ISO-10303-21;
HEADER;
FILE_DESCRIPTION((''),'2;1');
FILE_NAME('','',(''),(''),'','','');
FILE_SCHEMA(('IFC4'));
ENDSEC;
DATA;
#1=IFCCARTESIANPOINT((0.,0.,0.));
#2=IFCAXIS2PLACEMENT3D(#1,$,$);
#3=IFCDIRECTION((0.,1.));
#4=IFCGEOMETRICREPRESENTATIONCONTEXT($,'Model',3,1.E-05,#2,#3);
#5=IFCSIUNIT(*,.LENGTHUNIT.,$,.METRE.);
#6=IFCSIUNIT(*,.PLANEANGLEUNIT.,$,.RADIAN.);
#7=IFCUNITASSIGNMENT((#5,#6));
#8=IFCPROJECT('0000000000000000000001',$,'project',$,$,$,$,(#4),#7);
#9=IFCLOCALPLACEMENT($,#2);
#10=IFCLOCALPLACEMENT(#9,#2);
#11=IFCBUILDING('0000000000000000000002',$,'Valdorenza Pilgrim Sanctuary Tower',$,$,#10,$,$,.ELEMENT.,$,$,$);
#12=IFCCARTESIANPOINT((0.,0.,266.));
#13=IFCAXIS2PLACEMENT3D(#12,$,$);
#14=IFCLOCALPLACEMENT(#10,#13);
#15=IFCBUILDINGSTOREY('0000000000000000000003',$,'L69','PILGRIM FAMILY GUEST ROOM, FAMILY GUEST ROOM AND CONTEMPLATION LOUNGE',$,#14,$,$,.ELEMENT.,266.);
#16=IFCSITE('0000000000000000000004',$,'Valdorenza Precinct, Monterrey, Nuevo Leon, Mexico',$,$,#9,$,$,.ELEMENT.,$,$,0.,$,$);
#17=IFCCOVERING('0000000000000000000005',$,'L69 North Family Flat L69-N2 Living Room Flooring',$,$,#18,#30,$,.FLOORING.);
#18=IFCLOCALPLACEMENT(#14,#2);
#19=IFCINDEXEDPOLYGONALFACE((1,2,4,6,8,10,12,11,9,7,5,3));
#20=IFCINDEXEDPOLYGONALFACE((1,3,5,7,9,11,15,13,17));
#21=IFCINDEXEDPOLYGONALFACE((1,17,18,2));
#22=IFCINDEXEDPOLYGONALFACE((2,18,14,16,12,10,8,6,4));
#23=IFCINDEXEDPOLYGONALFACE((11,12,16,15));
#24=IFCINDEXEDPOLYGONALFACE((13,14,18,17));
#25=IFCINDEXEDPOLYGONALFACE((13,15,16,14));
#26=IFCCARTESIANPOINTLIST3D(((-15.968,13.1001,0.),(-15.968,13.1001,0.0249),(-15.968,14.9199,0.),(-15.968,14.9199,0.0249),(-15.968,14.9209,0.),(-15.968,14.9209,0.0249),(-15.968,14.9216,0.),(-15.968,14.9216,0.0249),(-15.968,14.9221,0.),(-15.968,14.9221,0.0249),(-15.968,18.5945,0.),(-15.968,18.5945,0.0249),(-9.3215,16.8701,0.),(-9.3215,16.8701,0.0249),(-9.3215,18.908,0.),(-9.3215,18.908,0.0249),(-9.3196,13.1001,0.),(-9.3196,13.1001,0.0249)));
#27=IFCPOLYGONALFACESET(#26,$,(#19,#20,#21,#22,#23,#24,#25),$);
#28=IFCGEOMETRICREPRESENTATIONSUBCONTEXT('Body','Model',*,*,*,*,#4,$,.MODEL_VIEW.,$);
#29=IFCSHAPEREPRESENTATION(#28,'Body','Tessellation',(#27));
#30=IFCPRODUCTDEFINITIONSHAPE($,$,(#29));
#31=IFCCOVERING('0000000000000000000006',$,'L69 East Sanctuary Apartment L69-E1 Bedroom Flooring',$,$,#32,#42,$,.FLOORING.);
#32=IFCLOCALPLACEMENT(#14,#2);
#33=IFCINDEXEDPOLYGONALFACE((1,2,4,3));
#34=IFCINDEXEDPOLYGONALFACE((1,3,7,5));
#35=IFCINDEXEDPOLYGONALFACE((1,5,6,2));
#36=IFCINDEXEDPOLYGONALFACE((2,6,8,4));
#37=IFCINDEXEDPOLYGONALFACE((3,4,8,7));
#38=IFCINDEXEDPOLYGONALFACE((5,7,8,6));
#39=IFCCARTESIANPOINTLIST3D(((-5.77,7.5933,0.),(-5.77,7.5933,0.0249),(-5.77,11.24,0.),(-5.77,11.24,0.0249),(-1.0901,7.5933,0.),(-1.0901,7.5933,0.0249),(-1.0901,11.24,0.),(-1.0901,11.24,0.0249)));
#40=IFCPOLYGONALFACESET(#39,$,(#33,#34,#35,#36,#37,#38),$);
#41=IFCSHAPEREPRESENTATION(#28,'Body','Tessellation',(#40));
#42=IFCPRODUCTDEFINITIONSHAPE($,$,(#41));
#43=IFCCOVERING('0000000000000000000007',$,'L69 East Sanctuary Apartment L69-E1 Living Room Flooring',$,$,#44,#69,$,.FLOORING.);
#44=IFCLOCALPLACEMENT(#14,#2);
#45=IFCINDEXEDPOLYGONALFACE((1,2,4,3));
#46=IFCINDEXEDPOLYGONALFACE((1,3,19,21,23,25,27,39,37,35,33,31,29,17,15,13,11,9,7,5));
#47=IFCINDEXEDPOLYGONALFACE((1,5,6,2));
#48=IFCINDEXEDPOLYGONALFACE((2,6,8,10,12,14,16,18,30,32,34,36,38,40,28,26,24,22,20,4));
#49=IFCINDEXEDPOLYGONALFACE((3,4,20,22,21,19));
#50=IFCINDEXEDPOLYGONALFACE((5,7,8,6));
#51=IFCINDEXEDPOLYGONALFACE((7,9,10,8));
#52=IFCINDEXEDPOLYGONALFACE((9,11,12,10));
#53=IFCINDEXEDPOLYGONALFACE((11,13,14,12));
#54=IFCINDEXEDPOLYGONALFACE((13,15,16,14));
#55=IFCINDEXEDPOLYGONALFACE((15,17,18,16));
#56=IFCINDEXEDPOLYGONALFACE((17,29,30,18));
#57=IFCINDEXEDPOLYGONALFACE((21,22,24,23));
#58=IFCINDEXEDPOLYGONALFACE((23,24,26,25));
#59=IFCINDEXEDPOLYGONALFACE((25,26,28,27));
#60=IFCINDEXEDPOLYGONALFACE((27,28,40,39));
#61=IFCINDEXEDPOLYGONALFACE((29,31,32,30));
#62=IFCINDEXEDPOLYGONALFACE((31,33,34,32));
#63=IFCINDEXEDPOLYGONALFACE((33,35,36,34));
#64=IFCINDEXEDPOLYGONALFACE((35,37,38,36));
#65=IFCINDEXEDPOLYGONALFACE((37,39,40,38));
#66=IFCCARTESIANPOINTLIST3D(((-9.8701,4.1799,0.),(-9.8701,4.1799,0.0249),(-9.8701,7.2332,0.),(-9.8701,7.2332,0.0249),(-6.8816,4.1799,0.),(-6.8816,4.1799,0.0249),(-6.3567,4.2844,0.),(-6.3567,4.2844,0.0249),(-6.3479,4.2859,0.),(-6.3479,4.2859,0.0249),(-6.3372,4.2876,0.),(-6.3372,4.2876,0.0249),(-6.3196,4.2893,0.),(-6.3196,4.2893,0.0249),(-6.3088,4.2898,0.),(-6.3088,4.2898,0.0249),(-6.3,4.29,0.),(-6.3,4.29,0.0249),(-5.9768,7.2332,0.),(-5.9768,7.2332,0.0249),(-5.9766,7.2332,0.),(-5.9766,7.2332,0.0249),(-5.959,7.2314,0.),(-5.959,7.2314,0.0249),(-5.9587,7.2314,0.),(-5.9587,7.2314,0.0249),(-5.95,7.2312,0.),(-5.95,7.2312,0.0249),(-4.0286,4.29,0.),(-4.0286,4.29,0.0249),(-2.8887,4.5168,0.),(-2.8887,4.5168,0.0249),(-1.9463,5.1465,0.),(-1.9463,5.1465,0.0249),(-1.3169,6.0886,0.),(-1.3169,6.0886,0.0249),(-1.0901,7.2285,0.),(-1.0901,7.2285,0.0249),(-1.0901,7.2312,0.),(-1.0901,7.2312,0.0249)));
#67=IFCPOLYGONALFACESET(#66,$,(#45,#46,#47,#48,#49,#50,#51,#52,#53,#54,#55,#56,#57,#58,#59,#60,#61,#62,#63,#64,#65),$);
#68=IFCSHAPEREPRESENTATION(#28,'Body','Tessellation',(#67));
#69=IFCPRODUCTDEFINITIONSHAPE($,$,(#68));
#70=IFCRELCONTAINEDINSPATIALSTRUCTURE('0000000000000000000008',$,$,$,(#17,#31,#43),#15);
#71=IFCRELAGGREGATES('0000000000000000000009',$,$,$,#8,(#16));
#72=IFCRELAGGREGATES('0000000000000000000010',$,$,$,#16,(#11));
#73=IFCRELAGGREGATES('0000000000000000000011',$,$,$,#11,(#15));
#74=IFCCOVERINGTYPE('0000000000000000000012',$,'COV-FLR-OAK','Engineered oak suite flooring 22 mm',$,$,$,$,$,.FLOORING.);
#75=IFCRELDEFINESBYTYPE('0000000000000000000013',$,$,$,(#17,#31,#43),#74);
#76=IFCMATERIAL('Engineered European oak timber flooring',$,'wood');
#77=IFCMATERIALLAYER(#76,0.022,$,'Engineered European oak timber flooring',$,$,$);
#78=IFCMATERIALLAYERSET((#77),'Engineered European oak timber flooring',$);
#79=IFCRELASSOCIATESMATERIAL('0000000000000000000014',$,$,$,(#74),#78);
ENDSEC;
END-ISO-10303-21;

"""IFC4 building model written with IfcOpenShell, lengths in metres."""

from ifc_helpers import new_model, si_unit, direction, frame, origin, place, context, subcontext, project, spatial, polyline, outline, extrude, material, layer, layer_set, type_object, element, save


model = new_model("IFC4")

# Units and contexts
model_context = context("Model", 3, precision=1e-05, world=origin(), true_north=direction((0.0, 1.0)))
body_context = subcontext(model_context, "Body", "Model", "MODEL_VIEW")
ifc_project = project(units=[si_unit("LENGTHUNIT", "METRE"), si_unit("PLANEANGLEUNIT", "RADIAN")], contexts=[model_context])

# Site, building, storey
site_placement = place(None, origin())
site = spatial("IfcSite", under=ifc_project, at=site_placement, Name="Valdorenza Precinct, Monterrey, Nuevo Leon, Mexico", CompositionType="ELEMENT", RefElevation=0.0)
building_placement = place(site_placement, origin())
building = spatial("IfcBuilding", under=site, at=building_placement, Name="Valdorenza Pilgrim Sanctuary Tower", CompositionType="ELEMENT")
storey_placement = place(building_placement, frame((0.0, 0.0, 266.0)))
storey = spatial("IfcBuildingStorey", under=building, at=storey_placement, Name="L69", Description="PILGRIM FAMILY GUEST ROOM, FAMILY GUEST ROOM AND CONTEMPLATION LOUNGE", CompositionType="ELEMENT", Elevation=266.0)

# Coverings
ifc_material_1 = material(Name="Engineered European oak timber flooring", Category="wood")
ifc_layer_1 = layer(ifc_material_1, 0.022, Name="Engineered European oak timber flooring")
ifc_layer_set_1 = layer_set([ifc_layer_1], Name="Engineered European oak timber flooring")
covering_type_1 = type_object("IfcCoveringType", Name="COV-FLR-OAK", Description="Engineered oak suite flooring 22 mm", PredefinedType="FLOORING", material=ifc_layer_set_1)
covering_1_placement = place(storey_placement, origin())
element("IfcCovering", 1, at=covering_1_placement, inside=storey, type_object=covering_type_1, Name="L69 North Family Flat L69-N2 Living Room Flooring", PredefinedType="FLOORING", context=body_context, shape_type="SweptSolid", body=[
    extrude(outline(polyline([(-15.968, 14.9216), (-15.968, 14.9221), (-15.968, 18.5945), (-9.3215, 18.908), (-9.3215, 16.8701), (-9.3196, 13.1001), (-15.968, 13.1001), (-15.968, 14.9199), (-15.968, 14.9209), (-15.968, 14.9216)])), origin(), (0.0, 0.0, 1.0), 0.0249),
])
covering_2_placement = place(storey_placement, origin())
element("IfcCovering", 2, at=covering_2_placement, inside=storey, type_object=covering_type_1, Name="L69 East Sanctuary Apartment L69-E1 Bedroom Flooring", PredefinedType="FLOORING", context=body_context, shape_type="SweptSolid", body=[
    extrude(outline(polyline([(-5.77, 11.24), (-1.0901, 11.24), (-1.0901, 7.5933), (-5.77, 7.5933), (-5.77, 11.24)])), origin(), (0.0, 0.0, 1.0), 0.0249),
])
covering_3_placement = place(storey_placement, origin())
element("IfcCovering", 3, at=covering_3_placement, inside=storey, type_object=covering_type_1, Name="L69 East Sanctuary Apartment L69-E1 Living Room Flooring", PredefinedType="FLOORING", context=body_context, shape_type="SweptSolid", body=[
    extrude(outline(polyline([(-9.8701, 7.2332), (-5.9768, 7.2332), (-5.9768, 7.2332), (-5.9766, 7.2332), (-5.959, 7.2314), (-5.9587, 7.2314), (-5.95, 7.2312), (-1.0901, 7.2312), (-1.0901, 7.2285), (-1.3169, 6.0886), (-1.9463, 5.1465), (-2.8887, 4.5168), (-4.0286, 4.29), (-6.3, 4.29), (-6.3088, 4.2898), (-6.3196, 4.2893), (-6.3372, 4.2876), (-6.3479, 4.2859), (-6.3567, 4.2844), (-6.8816, 4.1799), (-9.8701, 4.1799), (-9.8701, 7.2332)])), origin(), (0.0, 0.0, 1.0), 0.0249),
])

save(model, "model.ifc")
